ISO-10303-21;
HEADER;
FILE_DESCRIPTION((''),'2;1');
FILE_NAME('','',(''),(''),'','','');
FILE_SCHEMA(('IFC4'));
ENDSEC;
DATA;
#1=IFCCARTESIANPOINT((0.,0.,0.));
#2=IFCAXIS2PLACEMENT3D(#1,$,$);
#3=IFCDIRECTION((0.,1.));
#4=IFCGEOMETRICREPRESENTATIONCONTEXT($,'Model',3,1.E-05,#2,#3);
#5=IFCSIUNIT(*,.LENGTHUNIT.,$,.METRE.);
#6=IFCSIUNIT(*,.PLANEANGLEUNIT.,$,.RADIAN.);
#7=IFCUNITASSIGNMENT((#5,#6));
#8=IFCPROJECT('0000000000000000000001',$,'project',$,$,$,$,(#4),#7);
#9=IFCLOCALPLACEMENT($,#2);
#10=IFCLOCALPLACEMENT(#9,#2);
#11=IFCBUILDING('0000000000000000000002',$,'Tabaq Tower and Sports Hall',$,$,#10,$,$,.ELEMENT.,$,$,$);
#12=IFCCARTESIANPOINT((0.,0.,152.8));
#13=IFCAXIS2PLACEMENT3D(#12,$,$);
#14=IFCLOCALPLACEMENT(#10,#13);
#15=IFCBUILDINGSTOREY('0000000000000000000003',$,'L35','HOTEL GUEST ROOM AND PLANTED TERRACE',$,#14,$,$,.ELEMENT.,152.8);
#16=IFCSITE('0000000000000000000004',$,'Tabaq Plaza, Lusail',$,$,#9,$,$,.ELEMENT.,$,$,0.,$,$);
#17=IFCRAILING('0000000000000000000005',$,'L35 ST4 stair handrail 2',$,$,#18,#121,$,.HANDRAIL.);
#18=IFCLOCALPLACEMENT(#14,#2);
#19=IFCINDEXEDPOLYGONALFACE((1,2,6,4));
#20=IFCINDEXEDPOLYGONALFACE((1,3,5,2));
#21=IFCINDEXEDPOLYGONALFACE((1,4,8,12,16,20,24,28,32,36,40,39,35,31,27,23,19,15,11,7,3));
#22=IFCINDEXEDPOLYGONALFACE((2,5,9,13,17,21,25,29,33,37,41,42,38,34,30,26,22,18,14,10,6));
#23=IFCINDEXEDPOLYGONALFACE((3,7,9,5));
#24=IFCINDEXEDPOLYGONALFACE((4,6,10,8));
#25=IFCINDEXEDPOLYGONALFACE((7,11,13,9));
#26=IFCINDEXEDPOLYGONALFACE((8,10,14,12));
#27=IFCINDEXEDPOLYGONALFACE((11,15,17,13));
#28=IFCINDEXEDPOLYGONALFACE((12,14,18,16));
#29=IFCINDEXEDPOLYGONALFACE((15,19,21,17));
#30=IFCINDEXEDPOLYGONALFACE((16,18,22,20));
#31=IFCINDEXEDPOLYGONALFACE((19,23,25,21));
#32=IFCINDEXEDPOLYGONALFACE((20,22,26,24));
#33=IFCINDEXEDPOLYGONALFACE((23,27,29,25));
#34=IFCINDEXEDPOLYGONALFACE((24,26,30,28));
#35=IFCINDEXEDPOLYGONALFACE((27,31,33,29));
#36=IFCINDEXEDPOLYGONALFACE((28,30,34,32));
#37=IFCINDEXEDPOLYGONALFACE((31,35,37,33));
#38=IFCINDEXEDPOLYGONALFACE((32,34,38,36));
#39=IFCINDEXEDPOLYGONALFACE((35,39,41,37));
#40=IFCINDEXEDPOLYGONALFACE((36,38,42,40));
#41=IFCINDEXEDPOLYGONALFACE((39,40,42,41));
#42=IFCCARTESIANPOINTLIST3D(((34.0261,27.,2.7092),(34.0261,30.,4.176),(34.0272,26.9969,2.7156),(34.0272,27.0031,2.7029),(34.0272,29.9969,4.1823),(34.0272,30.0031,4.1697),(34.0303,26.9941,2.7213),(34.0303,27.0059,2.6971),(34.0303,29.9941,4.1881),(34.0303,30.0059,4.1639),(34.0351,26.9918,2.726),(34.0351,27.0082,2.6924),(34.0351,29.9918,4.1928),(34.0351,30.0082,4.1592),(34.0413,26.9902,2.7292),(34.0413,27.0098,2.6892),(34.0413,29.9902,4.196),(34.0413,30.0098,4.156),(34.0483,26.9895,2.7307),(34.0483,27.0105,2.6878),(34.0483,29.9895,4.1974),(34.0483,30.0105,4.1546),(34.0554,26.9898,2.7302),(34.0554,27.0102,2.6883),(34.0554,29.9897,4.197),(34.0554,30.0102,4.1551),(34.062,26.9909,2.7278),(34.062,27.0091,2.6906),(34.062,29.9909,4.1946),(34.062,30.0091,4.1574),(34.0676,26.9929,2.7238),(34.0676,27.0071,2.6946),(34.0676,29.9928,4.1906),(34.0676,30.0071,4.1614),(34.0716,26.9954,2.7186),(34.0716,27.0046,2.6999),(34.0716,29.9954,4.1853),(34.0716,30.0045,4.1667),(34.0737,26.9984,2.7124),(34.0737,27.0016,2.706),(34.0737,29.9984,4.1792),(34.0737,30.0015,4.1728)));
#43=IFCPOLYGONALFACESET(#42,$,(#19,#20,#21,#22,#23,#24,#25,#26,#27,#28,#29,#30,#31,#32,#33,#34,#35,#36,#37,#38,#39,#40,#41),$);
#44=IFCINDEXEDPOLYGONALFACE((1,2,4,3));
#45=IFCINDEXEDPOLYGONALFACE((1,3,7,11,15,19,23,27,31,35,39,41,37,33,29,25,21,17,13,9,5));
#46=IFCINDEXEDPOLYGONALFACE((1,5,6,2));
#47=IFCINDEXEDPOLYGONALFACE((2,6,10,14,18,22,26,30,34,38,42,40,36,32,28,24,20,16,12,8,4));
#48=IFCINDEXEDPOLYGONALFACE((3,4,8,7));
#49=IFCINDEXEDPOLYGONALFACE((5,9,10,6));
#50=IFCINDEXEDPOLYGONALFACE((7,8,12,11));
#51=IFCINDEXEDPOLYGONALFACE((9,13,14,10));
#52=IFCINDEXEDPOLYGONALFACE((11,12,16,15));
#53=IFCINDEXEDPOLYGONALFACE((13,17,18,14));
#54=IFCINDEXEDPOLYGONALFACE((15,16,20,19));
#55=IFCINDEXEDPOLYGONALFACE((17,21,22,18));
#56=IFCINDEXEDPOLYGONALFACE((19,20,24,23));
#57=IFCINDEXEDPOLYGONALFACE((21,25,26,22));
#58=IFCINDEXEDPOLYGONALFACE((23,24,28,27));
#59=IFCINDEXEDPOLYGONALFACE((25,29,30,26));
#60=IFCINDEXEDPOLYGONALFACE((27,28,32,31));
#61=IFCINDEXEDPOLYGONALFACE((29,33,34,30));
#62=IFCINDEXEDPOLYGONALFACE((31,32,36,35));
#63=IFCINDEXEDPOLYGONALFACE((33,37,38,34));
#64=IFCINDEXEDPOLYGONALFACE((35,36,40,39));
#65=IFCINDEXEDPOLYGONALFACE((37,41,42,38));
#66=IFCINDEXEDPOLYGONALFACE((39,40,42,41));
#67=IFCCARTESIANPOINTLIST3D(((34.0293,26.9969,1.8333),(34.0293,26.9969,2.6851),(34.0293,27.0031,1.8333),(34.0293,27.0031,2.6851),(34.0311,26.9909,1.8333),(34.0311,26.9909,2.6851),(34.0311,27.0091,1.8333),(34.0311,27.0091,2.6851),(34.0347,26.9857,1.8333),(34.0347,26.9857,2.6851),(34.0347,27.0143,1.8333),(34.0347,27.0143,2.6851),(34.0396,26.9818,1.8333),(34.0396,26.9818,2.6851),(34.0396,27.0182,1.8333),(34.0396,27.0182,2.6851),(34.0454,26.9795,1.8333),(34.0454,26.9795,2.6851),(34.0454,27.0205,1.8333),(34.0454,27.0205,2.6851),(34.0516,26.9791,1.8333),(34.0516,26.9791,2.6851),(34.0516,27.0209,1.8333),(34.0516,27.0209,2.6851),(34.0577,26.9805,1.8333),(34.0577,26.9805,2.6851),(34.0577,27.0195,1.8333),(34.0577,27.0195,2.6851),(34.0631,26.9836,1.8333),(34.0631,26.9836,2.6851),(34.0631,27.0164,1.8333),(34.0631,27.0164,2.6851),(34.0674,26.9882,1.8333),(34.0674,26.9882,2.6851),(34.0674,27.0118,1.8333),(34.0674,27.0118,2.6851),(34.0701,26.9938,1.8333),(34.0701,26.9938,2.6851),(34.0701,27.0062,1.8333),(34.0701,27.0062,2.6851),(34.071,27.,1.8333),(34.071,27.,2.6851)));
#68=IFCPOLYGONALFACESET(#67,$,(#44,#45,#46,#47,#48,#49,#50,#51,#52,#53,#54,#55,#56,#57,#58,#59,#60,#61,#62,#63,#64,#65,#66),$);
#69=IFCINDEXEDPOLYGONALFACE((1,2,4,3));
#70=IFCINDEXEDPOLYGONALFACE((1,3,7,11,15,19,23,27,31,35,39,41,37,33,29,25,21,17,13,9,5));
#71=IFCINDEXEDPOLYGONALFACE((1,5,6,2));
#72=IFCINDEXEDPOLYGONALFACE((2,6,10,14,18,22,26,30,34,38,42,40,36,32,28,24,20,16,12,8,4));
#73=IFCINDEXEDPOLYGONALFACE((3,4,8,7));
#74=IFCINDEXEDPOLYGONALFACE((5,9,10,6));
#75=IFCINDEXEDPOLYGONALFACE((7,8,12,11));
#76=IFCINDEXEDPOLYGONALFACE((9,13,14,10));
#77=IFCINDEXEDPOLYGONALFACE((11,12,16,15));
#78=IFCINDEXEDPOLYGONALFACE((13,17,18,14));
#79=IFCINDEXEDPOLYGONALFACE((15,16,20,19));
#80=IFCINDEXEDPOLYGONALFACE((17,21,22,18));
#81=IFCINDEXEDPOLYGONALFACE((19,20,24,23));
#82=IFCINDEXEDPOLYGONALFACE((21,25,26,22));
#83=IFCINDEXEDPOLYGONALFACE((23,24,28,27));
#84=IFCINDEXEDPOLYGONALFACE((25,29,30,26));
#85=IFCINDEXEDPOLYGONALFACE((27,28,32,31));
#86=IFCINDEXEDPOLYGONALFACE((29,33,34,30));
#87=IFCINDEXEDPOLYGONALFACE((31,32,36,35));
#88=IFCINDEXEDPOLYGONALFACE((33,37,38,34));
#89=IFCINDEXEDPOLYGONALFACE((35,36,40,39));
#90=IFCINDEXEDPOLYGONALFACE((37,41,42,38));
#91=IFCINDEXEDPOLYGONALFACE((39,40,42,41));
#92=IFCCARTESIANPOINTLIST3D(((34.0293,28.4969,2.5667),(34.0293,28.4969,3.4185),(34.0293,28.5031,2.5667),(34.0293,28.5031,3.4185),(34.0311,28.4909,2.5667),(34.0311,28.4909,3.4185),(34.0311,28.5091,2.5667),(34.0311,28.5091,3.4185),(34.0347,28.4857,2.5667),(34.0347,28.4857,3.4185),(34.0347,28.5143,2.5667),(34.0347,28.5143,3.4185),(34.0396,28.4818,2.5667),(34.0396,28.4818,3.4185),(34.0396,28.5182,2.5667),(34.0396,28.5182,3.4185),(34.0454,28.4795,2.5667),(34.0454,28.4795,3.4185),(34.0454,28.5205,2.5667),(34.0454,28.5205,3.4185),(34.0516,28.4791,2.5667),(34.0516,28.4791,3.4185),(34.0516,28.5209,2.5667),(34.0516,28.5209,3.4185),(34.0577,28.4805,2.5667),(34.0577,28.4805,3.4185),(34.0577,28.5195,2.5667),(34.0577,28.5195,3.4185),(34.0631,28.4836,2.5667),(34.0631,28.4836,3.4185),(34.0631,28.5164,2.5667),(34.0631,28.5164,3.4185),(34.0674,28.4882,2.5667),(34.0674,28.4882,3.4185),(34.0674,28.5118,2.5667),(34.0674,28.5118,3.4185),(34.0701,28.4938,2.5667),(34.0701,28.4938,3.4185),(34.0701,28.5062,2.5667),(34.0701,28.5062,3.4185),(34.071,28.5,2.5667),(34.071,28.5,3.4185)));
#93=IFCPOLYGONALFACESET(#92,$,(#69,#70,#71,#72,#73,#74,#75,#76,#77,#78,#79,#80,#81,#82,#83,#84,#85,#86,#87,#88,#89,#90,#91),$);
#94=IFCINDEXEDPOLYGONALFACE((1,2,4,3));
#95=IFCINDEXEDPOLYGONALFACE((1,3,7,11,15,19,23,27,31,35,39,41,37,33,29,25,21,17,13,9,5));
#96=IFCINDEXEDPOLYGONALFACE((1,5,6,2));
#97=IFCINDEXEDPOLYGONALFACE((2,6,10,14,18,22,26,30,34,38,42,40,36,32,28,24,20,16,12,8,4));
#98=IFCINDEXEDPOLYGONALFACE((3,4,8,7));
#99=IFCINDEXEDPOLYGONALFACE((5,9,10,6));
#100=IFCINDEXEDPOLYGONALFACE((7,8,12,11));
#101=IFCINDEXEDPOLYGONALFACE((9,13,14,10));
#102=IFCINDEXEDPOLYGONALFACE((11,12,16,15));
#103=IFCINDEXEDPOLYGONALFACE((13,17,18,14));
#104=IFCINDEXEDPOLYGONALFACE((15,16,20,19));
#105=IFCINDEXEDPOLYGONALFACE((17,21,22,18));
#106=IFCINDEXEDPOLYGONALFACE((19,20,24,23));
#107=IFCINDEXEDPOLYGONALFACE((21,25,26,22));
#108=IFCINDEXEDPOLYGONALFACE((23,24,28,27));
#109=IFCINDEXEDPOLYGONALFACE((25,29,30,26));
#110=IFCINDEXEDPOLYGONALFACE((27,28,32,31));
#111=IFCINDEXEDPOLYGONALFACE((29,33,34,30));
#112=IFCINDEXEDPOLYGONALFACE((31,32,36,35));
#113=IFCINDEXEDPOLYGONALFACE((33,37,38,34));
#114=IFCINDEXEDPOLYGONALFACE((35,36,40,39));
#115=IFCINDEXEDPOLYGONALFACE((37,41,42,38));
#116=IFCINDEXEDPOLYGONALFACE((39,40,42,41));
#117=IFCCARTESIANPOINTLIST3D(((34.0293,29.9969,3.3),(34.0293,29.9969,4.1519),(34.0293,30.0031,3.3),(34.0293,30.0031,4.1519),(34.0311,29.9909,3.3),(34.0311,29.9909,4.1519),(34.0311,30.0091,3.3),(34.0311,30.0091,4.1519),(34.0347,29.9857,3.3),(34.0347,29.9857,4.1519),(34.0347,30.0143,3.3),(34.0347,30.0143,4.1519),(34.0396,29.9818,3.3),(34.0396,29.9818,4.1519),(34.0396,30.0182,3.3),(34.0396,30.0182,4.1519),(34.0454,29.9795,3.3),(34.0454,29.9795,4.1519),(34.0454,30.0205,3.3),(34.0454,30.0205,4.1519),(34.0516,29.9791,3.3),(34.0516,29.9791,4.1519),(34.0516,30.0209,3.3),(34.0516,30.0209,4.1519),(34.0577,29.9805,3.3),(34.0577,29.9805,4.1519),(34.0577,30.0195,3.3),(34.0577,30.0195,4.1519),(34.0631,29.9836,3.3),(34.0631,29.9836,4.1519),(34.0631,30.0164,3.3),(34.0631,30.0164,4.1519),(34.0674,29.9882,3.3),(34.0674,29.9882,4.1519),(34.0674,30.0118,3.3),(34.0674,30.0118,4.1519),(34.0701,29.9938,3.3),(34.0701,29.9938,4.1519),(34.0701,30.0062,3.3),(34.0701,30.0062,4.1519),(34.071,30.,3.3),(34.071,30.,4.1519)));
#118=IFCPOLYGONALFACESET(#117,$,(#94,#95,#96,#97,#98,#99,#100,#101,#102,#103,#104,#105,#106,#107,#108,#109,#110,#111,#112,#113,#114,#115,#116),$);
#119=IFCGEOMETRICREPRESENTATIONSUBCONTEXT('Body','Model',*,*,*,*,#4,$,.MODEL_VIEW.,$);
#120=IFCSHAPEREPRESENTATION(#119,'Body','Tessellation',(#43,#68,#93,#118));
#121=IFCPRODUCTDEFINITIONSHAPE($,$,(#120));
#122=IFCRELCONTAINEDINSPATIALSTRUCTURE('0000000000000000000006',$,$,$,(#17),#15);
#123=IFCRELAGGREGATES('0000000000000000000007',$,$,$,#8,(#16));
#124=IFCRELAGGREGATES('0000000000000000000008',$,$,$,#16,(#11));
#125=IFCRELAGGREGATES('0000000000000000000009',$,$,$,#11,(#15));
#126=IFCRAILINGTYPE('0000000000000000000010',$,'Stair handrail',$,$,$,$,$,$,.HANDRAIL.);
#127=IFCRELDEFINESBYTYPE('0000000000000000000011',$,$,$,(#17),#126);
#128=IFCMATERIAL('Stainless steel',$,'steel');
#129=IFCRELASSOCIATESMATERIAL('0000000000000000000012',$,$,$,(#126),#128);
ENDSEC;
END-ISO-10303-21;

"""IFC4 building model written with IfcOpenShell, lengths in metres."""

from ifc_helpers import new_model, si_unit, direction, frame, origin, origin_2d, place, context, subcontext, project, spatial, circle, extrude, material, type_object, element, save


model = new_model("IFC4")

# Units and contexts
model_context = context("Model", 3, precision=1e-05, world=origin(), true_north=direction((0.0, 1.0)))
body_context = subcontext(model_context, "Body", "Model", "MODEL_VIEW")
ifc_project = project(units=[si_unit("LENGTHUNIT", "METRE"), si_unit("PLANEANGLEUNIT", "RADIAN")], contexts=[model_context])

# Site, building, storey
site_placement = place(None, origin())
site = spatial("IfcSite", under=ifc_project, at=site_placement, Name="Tabaq Plaza, Lusail", CompositionType="ELEMENT", RefElevation=0.0)
building_placement = place(site_placement, origin())
building = spatial("IfcBuilding", under=site, at=building_placement, Name="Tabaq Tower and Sports Hall", CompositionType="ELEMENT")
storey_placement = place(building_placement, frame((0.0, 0.0, 152.8)))
storey = spatial("IfcBuildingStorey", under=building, at=storey_placement, Name="L35", Description="HOTEL GUEST ROOM AND PLANTED TERRACE", CompositionType="ELEMENT", Elevation=152.8)

# Railing
ifc_material_1 = material(Name="Stainless steel", Category="steel")
railing_type_1 = type_object("IfcRailingType", Name="Stair handrail", PredefinedType="HANDRAIL", material=ifc_material_1)
railing_1_placement = place(storey_placement, frame((34.05, 27.0, 1.8333)))
element("IfcRailing", 1, at=railing_1_placement, inside=storey, type_object=railing_type_1, Name="L35 ST4 stair handrail 2", PredefinedType="HANDRAIL", context=body_context, shape_type="SweptSolid", body=[
    extrude(circle(Radius=0.0239, at=origin_2d()), frame((0.0, 0.0, 0.876), z_axis=(0.0, 0.898369, 0.439242), x_axis=(-1.0, 0.0, 0.0)), (0.0, 0.0, 1.0), 3.3394),
    extrude(circle(Radius=0.021, at=origin_2d()), origin(), (0.0, 0.0, 1.0), 0.8518),
    extrude(circle(Radius=0.021, at=origin_2d()), frame((0.0, 1.5, 0.7334)), (0.0, 0.0, 1.0), 0.8518),
    extrude(circle(Radius=0.021, at=origin_2d()), frame((0.0, 3.0, 1.4668)), (0.0, 0.0, 1.0), 0.8518),
])

save(model, "model.ifc")
